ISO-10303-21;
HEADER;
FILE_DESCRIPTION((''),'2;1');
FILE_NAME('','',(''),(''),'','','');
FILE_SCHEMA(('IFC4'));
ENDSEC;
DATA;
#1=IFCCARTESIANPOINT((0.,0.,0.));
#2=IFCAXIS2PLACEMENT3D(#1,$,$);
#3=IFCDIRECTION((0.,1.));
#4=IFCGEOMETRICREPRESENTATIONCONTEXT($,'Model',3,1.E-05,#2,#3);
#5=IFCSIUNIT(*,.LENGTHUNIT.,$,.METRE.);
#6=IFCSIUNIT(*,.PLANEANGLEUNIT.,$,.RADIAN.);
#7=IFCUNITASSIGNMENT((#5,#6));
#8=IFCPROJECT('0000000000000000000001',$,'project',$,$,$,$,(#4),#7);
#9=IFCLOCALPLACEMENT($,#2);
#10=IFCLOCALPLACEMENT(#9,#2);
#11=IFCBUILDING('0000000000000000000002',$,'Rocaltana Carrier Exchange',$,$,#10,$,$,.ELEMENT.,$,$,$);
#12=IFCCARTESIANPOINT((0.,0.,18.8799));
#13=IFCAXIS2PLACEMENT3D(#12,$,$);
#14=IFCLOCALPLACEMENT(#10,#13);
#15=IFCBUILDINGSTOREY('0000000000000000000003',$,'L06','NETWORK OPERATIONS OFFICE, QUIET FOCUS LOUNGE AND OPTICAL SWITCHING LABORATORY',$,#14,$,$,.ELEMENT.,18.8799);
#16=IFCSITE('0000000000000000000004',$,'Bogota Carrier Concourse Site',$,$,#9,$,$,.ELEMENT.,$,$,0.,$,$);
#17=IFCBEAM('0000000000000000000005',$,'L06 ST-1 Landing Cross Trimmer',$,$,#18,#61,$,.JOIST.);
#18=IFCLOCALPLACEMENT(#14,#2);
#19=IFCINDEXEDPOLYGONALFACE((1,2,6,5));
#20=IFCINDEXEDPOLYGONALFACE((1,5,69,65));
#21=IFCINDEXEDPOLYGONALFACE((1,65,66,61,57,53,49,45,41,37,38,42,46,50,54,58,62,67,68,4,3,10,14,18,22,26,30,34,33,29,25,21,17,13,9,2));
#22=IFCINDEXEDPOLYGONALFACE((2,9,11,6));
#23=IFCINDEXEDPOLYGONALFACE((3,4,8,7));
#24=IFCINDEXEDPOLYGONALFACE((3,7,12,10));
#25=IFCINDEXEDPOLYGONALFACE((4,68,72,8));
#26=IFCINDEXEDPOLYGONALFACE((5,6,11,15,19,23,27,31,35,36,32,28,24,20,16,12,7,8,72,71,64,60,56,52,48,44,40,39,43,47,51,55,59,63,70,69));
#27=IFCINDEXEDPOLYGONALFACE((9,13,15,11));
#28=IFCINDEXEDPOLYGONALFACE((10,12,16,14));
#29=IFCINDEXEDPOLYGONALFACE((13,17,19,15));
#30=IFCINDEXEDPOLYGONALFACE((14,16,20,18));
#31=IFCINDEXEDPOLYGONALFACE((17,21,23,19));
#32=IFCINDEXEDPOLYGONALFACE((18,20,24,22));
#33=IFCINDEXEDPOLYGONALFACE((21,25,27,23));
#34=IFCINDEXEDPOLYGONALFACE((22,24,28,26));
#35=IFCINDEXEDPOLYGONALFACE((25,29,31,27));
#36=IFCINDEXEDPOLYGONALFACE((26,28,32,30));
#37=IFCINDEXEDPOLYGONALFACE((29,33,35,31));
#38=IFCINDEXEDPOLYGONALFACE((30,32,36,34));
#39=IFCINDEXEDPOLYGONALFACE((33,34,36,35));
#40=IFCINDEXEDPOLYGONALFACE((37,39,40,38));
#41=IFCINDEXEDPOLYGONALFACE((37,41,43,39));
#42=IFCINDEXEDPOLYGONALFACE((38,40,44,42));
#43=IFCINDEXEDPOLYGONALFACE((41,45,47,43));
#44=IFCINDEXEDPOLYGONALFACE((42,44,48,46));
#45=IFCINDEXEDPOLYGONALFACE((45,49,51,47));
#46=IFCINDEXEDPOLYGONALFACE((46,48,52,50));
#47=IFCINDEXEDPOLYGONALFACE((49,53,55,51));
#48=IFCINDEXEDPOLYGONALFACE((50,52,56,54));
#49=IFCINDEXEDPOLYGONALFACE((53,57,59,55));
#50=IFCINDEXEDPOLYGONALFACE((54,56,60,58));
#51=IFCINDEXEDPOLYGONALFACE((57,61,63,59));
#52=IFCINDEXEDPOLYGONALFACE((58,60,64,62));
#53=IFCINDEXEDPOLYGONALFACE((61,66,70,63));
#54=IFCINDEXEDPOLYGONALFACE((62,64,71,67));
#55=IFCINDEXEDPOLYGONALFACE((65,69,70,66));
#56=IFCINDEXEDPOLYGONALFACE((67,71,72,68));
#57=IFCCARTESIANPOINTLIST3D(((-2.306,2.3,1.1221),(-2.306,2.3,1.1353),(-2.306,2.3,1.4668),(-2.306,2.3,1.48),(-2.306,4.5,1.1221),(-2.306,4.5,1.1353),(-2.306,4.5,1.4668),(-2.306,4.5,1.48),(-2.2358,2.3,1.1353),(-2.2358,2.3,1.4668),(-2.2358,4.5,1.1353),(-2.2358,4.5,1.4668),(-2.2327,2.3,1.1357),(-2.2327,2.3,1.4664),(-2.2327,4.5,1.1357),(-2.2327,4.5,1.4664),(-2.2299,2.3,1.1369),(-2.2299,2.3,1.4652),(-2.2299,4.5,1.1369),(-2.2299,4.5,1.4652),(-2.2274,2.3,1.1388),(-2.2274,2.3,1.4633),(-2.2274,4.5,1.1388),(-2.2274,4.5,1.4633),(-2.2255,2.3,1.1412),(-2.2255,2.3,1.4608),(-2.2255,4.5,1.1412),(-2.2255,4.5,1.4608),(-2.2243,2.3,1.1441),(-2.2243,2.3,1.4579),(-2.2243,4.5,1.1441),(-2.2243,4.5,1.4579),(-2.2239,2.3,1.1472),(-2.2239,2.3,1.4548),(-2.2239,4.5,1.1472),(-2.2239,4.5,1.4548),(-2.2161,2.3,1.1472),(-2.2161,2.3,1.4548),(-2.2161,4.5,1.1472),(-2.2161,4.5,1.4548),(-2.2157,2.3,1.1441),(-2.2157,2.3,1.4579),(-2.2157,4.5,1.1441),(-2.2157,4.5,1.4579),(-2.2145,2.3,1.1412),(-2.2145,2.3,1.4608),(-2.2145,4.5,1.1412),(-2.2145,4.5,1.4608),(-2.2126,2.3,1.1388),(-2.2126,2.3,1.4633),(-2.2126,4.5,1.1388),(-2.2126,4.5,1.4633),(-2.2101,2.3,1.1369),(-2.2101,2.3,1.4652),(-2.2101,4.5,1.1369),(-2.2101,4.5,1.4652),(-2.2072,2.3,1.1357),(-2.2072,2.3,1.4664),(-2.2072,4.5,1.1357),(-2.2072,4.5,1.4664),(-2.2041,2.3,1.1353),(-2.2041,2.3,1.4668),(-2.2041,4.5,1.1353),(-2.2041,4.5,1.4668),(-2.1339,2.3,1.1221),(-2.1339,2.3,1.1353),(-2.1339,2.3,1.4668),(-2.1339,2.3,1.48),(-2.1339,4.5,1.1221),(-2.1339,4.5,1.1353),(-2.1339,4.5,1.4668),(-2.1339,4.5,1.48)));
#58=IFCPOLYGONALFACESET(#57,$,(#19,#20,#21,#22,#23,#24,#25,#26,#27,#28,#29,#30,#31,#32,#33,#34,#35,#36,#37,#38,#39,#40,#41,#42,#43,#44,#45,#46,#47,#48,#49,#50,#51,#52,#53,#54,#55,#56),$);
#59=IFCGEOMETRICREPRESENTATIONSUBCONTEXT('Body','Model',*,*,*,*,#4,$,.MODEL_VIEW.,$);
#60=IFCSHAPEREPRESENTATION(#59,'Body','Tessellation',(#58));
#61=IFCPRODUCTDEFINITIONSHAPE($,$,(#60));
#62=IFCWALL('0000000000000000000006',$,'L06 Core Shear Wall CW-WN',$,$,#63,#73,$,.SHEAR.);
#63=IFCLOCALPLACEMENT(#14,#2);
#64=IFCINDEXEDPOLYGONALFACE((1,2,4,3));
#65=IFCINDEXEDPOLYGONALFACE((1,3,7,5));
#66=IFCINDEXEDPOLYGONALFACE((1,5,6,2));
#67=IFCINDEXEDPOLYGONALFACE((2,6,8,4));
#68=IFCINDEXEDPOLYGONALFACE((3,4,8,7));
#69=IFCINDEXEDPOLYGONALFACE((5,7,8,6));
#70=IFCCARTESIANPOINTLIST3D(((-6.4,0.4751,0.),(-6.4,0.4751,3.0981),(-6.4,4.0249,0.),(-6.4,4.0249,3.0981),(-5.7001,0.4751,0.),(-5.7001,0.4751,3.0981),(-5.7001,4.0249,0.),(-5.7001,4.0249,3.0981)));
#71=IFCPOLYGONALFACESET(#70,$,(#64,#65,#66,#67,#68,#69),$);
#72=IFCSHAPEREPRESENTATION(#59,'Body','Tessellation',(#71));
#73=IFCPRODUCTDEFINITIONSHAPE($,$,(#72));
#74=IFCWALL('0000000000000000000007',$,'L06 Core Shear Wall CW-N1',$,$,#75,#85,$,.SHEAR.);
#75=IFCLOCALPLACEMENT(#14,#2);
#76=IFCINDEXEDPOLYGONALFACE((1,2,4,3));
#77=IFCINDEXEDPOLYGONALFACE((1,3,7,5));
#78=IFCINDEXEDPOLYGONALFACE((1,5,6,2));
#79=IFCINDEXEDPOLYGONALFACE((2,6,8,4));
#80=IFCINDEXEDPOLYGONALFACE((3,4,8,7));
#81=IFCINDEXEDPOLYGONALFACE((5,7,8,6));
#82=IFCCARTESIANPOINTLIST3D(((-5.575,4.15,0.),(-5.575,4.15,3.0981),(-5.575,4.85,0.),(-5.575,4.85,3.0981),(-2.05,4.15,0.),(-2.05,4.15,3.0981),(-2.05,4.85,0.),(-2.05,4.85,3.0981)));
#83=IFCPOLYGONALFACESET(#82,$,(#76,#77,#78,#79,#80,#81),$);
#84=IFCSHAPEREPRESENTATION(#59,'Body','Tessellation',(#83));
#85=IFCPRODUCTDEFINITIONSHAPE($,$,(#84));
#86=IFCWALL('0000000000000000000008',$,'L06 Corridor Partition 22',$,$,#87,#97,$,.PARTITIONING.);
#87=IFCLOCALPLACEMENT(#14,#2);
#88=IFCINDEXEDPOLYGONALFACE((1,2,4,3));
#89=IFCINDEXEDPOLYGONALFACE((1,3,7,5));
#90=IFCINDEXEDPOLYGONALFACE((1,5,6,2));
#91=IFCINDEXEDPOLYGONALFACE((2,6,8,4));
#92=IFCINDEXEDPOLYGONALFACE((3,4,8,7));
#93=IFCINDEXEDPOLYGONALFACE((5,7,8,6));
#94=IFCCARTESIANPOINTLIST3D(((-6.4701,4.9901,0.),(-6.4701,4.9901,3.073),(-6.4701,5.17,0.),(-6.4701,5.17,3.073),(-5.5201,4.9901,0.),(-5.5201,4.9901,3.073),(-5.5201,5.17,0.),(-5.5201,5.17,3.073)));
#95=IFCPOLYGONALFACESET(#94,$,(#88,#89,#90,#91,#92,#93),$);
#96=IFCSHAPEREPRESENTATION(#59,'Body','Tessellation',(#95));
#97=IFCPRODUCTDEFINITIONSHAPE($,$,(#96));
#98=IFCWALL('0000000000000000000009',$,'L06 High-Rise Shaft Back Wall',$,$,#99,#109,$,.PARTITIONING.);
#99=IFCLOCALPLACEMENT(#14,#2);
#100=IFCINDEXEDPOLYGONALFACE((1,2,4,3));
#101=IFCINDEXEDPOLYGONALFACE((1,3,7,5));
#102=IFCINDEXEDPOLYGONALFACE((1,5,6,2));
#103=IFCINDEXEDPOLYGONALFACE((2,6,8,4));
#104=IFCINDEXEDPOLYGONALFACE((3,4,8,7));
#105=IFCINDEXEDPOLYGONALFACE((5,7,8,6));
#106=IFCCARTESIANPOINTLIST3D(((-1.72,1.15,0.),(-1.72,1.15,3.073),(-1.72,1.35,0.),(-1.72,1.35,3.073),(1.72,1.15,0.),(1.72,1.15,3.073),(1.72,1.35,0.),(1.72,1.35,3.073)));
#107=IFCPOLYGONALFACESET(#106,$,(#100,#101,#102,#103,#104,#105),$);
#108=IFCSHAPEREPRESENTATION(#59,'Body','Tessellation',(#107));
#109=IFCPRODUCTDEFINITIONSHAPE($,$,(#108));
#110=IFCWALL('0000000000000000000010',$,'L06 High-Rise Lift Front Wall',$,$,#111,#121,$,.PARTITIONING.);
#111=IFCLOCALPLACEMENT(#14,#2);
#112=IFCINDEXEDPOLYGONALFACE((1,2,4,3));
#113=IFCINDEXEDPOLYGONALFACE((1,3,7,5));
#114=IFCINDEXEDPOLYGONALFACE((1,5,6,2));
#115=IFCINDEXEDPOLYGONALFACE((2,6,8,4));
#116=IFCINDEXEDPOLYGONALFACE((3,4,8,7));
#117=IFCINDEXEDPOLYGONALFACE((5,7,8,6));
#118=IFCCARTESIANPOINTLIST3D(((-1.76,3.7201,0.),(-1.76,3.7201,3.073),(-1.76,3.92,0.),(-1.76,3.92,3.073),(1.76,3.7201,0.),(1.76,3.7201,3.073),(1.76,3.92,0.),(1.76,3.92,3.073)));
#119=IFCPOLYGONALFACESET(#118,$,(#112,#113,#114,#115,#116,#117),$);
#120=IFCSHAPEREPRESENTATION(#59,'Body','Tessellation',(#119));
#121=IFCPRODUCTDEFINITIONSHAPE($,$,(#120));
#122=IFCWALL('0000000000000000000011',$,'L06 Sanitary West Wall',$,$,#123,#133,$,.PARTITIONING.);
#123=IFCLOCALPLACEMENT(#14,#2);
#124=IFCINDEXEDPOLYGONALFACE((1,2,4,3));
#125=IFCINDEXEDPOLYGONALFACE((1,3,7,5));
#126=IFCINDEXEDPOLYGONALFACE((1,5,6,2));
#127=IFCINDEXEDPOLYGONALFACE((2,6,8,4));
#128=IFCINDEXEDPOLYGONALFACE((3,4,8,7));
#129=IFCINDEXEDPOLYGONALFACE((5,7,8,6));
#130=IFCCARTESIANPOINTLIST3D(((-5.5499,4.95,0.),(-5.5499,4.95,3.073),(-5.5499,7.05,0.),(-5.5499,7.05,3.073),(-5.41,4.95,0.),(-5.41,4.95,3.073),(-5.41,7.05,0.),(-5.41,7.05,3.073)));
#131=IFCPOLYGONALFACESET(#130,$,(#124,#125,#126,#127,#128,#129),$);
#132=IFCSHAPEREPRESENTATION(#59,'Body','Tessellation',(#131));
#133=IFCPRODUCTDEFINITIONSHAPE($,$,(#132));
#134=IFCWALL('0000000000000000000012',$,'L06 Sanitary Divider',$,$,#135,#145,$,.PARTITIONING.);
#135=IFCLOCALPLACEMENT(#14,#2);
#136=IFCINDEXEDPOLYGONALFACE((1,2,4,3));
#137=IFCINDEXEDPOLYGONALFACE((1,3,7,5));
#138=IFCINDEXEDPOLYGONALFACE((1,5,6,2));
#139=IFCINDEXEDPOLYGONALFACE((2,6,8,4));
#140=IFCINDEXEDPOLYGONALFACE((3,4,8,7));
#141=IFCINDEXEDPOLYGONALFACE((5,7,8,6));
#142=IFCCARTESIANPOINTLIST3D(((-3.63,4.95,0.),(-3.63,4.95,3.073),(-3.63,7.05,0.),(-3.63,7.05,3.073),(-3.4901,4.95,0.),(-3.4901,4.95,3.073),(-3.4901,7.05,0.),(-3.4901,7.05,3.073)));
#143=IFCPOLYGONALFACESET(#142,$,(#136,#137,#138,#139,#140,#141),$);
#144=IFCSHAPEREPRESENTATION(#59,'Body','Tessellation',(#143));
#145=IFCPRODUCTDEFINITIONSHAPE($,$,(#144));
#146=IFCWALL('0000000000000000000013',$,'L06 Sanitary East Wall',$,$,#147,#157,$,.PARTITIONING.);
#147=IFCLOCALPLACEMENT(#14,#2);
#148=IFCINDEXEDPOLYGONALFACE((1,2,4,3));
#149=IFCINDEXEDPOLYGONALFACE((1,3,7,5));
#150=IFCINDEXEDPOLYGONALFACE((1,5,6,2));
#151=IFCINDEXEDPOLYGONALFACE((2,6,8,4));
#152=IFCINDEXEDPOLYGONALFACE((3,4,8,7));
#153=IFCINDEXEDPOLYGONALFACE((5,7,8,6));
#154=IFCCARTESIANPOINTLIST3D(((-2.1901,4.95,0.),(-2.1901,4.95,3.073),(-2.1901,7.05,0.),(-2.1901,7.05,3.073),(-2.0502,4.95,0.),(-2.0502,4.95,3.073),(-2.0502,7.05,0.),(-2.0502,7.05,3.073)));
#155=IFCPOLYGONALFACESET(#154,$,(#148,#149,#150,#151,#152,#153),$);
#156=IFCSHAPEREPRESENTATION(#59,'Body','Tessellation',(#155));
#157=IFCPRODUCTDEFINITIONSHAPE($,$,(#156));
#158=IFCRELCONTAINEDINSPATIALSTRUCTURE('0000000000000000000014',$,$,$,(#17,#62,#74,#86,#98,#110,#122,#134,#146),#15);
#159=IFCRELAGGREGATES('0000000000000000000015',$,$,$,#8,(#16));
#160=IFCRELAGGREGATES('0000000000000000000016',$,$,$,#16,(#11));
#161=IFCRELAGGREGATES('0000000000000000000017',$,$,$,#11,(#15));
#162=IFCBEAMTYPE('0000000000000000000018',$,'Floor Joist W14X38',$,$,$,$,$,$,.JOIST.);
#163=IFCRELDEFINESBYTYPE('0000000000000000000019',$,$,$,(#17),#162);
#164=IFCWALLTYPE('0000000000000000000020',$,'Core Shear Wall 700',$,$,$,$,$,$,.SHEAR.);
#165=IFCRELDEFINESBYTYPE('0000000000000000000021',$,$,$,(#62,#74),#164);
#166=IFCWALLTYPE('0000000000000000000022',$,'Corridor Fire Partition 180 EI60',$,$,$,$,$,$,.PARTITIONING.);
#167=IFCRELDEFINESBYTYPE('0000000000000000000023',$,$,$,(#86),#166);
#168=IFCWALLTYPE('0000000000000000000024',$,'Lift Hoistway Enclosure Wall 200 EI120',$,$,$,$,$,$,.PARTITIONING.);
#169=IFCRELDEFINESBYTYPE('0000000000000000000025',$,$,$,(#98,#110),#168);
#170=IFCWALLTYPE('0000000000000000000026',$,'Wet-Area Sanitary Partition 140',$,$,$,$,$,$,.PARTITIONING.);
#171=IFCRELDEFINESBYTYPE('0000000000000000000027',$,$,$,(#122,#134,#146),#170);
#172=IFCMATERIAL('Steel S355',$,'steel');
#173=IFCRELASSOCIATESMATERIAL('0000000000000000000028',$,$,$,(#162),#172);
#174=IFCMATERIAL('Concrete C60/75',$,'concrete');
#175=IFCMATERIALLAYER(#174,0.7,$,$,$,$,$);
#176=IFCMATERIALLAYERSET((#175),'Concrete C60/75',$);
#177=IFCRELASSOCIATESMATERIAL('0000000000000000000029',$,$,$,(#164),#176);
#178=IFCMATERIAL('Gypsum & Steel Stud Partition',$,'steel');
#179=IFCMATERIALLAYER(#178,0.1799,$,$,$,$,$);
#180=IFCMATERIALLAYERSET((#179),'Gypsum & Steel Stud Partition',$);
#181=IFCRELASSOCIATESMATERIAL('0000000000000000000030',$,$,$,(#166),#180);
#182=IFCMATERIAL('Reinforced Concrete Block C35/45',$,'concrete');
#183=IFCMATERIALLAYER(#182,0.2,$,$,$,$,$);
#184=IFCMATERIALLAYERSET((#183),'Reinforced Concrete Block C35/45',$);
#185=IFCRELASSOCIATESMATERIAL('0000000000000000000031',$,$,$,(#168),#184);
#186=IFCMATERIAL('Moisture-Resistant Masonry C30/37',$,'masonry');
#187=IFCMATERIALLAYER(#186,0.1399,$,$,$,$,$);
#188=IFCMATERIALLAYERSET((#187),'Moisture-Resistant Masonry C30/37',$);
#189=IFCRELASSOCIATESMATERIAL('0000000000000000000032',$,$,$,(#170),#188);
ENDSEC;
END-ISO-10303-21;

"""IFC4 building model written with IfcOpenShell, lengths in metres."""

from ifc_helpers import new_model, si_unit, direction, frame, frame_2d, origin, origin_2d, place, context, subcontext, project, spatial, rectangle, i_section, extrude, material, layer, layer_set, material_profile, profile_set, type_object, element, save


model = new_model("IFC4")

# Units and contexts
model_context = context("Model", 3, precision=1e-05, world=origin(), true_north=direction((0.0, 1.0)))
body_context = subcontext(model_context, "Body", "Model", "MODEL_VIEW")
ifc_project = project(units=[si_unit("LENGTHUNIT", "METRE"), si_unit("PLANEANGLEUNIT", "RADIAN")], contexts=[model_context])

# Site, building, storey
site_placement = place(None, origin())
site = spatial("IfcSite", under=ifc_project, at=site_placement, Name="Bogota Carrier Concourse Site", CompositionType="ELEMENT", RefElevation=0.0)
building_placement = place(site_placement, origin())
building = spatial("IfcBuilding", under=site, at=building_placement, Name="Rocaltana Carrier Exchange", CompositionType="ELEMENT")
storey_placement = place(building_placement, frame((0.0, 0.0, 18.8799)))
storey = spatial("IfcBuildingStorey", under=building, at=storey_placement, Name="L06", Description="NETWORK OPERATIONS OFFICE, QUIET FOCUS LOUNGE AND OPTICAL SWITCHING LABORATORY", CompositionType="ELEMENT", Elevation=18.8799)

# Beam
ifc_material_1 = material(Name="Steel S355", Category="steel")
ifc_material_profile_1 = material_profile(ifc_material_1, i_section(OverallWidth=0.1721, OverallDepth=0.3579, WebThickness=0.0078, FlangeThickness=0.0132, FilletRadius=0.012, at=origin_2d()), Name="W14X38")
ifc_profile_set_1 = profile_set([ifc_material_profile_1], Name="Steel S355")
beam_type_1 = type_object("IfcBeamType", Name="Floor Joist W14X38", PredefinedType="JOIST", material=ifc_profile_set_1)
beam_1_placement = place(storey_placement, frame((-2.22, 2.3, 1.301), z_axis=(0.0, 1.0, 0.0), x_axis=(-1.0, 0.0, 0.0)))
element("IfcBeam", 1, at=beam_1_placement, inside=storey, type_object=beam_type_1, Name="L06 ST-1 Landing Cross Trimmer", PredefinedType="JOIST", context=body_context, shape_type="SweptSolid", body=[
    extrude(i_section(OverallWidth=0.1721, OverallDepth=0.3579, WebThickness=0.0078, FlangeThickness=0.0132, FilletRadius=0.012, at=origin_2d()), origin(), (0.0, 0.0, 1.0), 2.2),
])

# Walls
ifc_material_2 = material(Name="Concrete C60/75", Category="concrete")
ifc_layer_1 = layer(ifc_material_2, 0.7)
ifc_layer_set_1 = layer_set([ifc_layer_1], Name="Concrete C60/75")
wall_type_1 = type_object("IfcWallType", Name="Core Shear Wall 700", PredefinedType="SHEAR", material=ifc_layer_set_1)
wall_1_placement = place(storey_placement, frame((-6.05, 0.4751, 0.0), z_axis=(0.0, 0.0, 1.0), x_axis=(0.0, 1.0, 0.0)))
element("IfcWall", 2, at=wall_1_placement, inside=storey, type_object=wall_type_1, Name="L06 Core Shear Wall CW-WN", PredefinedType="SHEAR", context=body_context, shape_type="SweptSolid", body=[
    extrude(rectangle(XDim=3.5498, YDim=0.7, at=frame_2d((1.7749, 0.0))), origin(), (0.0, 0.0, 1.0), 3.0981),
])
wall_2_placement = place(storey_placement, frame((-5.575, 4.5, 0.0), z_axis=(0.0, 0.0, 1.0), x_axis=(1.0, 0.0, 0.0)))
element("IfcWall", 3, at=wall_2_placement, inside=storey, type_object=wall_type_1, Name="L06 Core Shear Wall CW-N1", PredefinedType="SHEAR", context=body_context, shape_type="SweptSolid", body=[
    extrude(rectangle(XDim=3.5249, YDim=0.7, at=frame_2d((1.7625, 0.0))), origin(), (0.0, 0.0, 1.0), 3.0981),
])
ifc_material_3 = material(Name="Gypsum & Steel Stud Partition", Category="steel")
ifc_layer_2 = layer(ifc_material_3, 0.1799)
ifc_layer_set_2 = layer_set([ifc_layer_2], Name="Gypsum & Steel Stud Partition")
wall_type_2 = type_object("IfcWallType", Name="Corridor Fire Partition 180 EI60", PredefinedType="PARTITIONING", material=ifc_layer_set_2)
wall_3_placement = place(storey_placement, frame((-5.52, 5.0801, 0.0), z_axis=(0.0, 0.0, 1.0), x_axis=(-1.0, 0.0, 0.0)))
element("IfcWall", 4, at=wall_3_placement, inside=storey, type_object=wall_type_2, Name="L06 Corridor Partition 22", PredefinedType="PARTITIONING", context=body_context, shape_type="SweptSolid", body=[
    extrude(rectangle(XDim=0.95, YDim=0.1799, at=frame_2d((0.4751, 0.0))), origin(), (0.0, 0.0, 1.0), 3.073),
])
ifc_material_4 = material(Name="Reinforced Concrete Block C35/45", Category="concrete")
ifc_layer_3 = layer(ifc_material_4, 0.2)
ifc_layer_set_3 = layer_set([ifc_layer_3], Name="Reinforced Concrete Block C35/45")
wall_type_3 = type_object("IfcWallType", Name="Lift Hoistway Enclosure Wall 200 EI120", PredefinedType="PARTITIONING", material=ifc_layer_set_3)
wall_4_placement = place(storey_placement, frame((-1.72, 1.25, 0.0), z_axis=(0.0, 0.0, 1.0), x_axis=(1.0, 0.0, 0.0)))
element("IfcWall", 5, at=wall_4_placement, inside=storey, type_object=wall_type_3, Name="L06 High-Rise Shaft Back Wall", PredefinedType="PARTITIONING", context=body_context, shape_type="SweptSolid", body=[
    extrude(rectangle(XDim=3.4399, YDim=0.2, at=frame_2d((1.72, 0.0))), origin(), (0.0, 0.0, 1.0), 3.073),
])
wall_5_placement = place(storey_placement, frame((-1.76, 3.8201, 0.0), z_axis=(0.0, 0.0, 1.0), x_axis=(1.0, 0.0, 0.0)))
element("IfcWall", 6, at=wall_5_placement, inside=storey, type_object=wall_type_3, Name="L06 High-Rise Lift Front Wall", PredefinedType="PARTITIONING", context=body_context, shape_type="SweptSolid", body=[
    extrude(rectangle(XDim=3.52, YDim=0.2, at=frame_2d((1.76, 0.0))), origin(), (0.0, 0.0, 1.0), 3.073),
])
ifc_material_5 = material(Name="Moisture-Resistant Masonry C30/37", Category="masonry")
ifc_layer_4 = layer(ifc_material_5, 0.1399)
ifc_layer_set_4 = layer_set([ifc_layer_4], Name="Moisture-Resistant Masonry C30/37")
wall_type_4 = type_object("IfcWallType", Name="Wet-Area Sanitary Partition 140", PredefinedType="PARTITIONING", material=ifc_layer_set_4)
for number, where, z_axis, x_axis, name in (
    (7, (-5.48, 4.95, 0.0), (0.0, 0.0, 1.0), (0.0, 1.0, 0.0), "L06 Sanitary West Wall"),
    (8, (-3.5601, 4.95, 0.0), (0.0, 0.0, 1.0), (0.0, 1.0, 0.0), "L06 Sanitary Divider"),
    (9, (-2.1201, 4.95, 0.0), (0.0, 0.0, 1.0), (0.0, 1.0, 0.0), "L06 Sanitary East Wall"),
):
    element("IfcWall", number, at=place(storey_placement, frame(where, z_axis=z_axis, x_axis=x_axis)), inside=storey, type_object=wall_type_4, Name=name, PredefinedType="PARTITIONING", context=body_context, shape_type="SweptSolid", body=[
        extrude(rectangle(XDim=2.1001, YDim=0.1399, at=frame_2d((1.05, 0.0))), origin(), (0.0, 0.0, 1.0), 3.073),
    ])

save(model, "model.ifc")
